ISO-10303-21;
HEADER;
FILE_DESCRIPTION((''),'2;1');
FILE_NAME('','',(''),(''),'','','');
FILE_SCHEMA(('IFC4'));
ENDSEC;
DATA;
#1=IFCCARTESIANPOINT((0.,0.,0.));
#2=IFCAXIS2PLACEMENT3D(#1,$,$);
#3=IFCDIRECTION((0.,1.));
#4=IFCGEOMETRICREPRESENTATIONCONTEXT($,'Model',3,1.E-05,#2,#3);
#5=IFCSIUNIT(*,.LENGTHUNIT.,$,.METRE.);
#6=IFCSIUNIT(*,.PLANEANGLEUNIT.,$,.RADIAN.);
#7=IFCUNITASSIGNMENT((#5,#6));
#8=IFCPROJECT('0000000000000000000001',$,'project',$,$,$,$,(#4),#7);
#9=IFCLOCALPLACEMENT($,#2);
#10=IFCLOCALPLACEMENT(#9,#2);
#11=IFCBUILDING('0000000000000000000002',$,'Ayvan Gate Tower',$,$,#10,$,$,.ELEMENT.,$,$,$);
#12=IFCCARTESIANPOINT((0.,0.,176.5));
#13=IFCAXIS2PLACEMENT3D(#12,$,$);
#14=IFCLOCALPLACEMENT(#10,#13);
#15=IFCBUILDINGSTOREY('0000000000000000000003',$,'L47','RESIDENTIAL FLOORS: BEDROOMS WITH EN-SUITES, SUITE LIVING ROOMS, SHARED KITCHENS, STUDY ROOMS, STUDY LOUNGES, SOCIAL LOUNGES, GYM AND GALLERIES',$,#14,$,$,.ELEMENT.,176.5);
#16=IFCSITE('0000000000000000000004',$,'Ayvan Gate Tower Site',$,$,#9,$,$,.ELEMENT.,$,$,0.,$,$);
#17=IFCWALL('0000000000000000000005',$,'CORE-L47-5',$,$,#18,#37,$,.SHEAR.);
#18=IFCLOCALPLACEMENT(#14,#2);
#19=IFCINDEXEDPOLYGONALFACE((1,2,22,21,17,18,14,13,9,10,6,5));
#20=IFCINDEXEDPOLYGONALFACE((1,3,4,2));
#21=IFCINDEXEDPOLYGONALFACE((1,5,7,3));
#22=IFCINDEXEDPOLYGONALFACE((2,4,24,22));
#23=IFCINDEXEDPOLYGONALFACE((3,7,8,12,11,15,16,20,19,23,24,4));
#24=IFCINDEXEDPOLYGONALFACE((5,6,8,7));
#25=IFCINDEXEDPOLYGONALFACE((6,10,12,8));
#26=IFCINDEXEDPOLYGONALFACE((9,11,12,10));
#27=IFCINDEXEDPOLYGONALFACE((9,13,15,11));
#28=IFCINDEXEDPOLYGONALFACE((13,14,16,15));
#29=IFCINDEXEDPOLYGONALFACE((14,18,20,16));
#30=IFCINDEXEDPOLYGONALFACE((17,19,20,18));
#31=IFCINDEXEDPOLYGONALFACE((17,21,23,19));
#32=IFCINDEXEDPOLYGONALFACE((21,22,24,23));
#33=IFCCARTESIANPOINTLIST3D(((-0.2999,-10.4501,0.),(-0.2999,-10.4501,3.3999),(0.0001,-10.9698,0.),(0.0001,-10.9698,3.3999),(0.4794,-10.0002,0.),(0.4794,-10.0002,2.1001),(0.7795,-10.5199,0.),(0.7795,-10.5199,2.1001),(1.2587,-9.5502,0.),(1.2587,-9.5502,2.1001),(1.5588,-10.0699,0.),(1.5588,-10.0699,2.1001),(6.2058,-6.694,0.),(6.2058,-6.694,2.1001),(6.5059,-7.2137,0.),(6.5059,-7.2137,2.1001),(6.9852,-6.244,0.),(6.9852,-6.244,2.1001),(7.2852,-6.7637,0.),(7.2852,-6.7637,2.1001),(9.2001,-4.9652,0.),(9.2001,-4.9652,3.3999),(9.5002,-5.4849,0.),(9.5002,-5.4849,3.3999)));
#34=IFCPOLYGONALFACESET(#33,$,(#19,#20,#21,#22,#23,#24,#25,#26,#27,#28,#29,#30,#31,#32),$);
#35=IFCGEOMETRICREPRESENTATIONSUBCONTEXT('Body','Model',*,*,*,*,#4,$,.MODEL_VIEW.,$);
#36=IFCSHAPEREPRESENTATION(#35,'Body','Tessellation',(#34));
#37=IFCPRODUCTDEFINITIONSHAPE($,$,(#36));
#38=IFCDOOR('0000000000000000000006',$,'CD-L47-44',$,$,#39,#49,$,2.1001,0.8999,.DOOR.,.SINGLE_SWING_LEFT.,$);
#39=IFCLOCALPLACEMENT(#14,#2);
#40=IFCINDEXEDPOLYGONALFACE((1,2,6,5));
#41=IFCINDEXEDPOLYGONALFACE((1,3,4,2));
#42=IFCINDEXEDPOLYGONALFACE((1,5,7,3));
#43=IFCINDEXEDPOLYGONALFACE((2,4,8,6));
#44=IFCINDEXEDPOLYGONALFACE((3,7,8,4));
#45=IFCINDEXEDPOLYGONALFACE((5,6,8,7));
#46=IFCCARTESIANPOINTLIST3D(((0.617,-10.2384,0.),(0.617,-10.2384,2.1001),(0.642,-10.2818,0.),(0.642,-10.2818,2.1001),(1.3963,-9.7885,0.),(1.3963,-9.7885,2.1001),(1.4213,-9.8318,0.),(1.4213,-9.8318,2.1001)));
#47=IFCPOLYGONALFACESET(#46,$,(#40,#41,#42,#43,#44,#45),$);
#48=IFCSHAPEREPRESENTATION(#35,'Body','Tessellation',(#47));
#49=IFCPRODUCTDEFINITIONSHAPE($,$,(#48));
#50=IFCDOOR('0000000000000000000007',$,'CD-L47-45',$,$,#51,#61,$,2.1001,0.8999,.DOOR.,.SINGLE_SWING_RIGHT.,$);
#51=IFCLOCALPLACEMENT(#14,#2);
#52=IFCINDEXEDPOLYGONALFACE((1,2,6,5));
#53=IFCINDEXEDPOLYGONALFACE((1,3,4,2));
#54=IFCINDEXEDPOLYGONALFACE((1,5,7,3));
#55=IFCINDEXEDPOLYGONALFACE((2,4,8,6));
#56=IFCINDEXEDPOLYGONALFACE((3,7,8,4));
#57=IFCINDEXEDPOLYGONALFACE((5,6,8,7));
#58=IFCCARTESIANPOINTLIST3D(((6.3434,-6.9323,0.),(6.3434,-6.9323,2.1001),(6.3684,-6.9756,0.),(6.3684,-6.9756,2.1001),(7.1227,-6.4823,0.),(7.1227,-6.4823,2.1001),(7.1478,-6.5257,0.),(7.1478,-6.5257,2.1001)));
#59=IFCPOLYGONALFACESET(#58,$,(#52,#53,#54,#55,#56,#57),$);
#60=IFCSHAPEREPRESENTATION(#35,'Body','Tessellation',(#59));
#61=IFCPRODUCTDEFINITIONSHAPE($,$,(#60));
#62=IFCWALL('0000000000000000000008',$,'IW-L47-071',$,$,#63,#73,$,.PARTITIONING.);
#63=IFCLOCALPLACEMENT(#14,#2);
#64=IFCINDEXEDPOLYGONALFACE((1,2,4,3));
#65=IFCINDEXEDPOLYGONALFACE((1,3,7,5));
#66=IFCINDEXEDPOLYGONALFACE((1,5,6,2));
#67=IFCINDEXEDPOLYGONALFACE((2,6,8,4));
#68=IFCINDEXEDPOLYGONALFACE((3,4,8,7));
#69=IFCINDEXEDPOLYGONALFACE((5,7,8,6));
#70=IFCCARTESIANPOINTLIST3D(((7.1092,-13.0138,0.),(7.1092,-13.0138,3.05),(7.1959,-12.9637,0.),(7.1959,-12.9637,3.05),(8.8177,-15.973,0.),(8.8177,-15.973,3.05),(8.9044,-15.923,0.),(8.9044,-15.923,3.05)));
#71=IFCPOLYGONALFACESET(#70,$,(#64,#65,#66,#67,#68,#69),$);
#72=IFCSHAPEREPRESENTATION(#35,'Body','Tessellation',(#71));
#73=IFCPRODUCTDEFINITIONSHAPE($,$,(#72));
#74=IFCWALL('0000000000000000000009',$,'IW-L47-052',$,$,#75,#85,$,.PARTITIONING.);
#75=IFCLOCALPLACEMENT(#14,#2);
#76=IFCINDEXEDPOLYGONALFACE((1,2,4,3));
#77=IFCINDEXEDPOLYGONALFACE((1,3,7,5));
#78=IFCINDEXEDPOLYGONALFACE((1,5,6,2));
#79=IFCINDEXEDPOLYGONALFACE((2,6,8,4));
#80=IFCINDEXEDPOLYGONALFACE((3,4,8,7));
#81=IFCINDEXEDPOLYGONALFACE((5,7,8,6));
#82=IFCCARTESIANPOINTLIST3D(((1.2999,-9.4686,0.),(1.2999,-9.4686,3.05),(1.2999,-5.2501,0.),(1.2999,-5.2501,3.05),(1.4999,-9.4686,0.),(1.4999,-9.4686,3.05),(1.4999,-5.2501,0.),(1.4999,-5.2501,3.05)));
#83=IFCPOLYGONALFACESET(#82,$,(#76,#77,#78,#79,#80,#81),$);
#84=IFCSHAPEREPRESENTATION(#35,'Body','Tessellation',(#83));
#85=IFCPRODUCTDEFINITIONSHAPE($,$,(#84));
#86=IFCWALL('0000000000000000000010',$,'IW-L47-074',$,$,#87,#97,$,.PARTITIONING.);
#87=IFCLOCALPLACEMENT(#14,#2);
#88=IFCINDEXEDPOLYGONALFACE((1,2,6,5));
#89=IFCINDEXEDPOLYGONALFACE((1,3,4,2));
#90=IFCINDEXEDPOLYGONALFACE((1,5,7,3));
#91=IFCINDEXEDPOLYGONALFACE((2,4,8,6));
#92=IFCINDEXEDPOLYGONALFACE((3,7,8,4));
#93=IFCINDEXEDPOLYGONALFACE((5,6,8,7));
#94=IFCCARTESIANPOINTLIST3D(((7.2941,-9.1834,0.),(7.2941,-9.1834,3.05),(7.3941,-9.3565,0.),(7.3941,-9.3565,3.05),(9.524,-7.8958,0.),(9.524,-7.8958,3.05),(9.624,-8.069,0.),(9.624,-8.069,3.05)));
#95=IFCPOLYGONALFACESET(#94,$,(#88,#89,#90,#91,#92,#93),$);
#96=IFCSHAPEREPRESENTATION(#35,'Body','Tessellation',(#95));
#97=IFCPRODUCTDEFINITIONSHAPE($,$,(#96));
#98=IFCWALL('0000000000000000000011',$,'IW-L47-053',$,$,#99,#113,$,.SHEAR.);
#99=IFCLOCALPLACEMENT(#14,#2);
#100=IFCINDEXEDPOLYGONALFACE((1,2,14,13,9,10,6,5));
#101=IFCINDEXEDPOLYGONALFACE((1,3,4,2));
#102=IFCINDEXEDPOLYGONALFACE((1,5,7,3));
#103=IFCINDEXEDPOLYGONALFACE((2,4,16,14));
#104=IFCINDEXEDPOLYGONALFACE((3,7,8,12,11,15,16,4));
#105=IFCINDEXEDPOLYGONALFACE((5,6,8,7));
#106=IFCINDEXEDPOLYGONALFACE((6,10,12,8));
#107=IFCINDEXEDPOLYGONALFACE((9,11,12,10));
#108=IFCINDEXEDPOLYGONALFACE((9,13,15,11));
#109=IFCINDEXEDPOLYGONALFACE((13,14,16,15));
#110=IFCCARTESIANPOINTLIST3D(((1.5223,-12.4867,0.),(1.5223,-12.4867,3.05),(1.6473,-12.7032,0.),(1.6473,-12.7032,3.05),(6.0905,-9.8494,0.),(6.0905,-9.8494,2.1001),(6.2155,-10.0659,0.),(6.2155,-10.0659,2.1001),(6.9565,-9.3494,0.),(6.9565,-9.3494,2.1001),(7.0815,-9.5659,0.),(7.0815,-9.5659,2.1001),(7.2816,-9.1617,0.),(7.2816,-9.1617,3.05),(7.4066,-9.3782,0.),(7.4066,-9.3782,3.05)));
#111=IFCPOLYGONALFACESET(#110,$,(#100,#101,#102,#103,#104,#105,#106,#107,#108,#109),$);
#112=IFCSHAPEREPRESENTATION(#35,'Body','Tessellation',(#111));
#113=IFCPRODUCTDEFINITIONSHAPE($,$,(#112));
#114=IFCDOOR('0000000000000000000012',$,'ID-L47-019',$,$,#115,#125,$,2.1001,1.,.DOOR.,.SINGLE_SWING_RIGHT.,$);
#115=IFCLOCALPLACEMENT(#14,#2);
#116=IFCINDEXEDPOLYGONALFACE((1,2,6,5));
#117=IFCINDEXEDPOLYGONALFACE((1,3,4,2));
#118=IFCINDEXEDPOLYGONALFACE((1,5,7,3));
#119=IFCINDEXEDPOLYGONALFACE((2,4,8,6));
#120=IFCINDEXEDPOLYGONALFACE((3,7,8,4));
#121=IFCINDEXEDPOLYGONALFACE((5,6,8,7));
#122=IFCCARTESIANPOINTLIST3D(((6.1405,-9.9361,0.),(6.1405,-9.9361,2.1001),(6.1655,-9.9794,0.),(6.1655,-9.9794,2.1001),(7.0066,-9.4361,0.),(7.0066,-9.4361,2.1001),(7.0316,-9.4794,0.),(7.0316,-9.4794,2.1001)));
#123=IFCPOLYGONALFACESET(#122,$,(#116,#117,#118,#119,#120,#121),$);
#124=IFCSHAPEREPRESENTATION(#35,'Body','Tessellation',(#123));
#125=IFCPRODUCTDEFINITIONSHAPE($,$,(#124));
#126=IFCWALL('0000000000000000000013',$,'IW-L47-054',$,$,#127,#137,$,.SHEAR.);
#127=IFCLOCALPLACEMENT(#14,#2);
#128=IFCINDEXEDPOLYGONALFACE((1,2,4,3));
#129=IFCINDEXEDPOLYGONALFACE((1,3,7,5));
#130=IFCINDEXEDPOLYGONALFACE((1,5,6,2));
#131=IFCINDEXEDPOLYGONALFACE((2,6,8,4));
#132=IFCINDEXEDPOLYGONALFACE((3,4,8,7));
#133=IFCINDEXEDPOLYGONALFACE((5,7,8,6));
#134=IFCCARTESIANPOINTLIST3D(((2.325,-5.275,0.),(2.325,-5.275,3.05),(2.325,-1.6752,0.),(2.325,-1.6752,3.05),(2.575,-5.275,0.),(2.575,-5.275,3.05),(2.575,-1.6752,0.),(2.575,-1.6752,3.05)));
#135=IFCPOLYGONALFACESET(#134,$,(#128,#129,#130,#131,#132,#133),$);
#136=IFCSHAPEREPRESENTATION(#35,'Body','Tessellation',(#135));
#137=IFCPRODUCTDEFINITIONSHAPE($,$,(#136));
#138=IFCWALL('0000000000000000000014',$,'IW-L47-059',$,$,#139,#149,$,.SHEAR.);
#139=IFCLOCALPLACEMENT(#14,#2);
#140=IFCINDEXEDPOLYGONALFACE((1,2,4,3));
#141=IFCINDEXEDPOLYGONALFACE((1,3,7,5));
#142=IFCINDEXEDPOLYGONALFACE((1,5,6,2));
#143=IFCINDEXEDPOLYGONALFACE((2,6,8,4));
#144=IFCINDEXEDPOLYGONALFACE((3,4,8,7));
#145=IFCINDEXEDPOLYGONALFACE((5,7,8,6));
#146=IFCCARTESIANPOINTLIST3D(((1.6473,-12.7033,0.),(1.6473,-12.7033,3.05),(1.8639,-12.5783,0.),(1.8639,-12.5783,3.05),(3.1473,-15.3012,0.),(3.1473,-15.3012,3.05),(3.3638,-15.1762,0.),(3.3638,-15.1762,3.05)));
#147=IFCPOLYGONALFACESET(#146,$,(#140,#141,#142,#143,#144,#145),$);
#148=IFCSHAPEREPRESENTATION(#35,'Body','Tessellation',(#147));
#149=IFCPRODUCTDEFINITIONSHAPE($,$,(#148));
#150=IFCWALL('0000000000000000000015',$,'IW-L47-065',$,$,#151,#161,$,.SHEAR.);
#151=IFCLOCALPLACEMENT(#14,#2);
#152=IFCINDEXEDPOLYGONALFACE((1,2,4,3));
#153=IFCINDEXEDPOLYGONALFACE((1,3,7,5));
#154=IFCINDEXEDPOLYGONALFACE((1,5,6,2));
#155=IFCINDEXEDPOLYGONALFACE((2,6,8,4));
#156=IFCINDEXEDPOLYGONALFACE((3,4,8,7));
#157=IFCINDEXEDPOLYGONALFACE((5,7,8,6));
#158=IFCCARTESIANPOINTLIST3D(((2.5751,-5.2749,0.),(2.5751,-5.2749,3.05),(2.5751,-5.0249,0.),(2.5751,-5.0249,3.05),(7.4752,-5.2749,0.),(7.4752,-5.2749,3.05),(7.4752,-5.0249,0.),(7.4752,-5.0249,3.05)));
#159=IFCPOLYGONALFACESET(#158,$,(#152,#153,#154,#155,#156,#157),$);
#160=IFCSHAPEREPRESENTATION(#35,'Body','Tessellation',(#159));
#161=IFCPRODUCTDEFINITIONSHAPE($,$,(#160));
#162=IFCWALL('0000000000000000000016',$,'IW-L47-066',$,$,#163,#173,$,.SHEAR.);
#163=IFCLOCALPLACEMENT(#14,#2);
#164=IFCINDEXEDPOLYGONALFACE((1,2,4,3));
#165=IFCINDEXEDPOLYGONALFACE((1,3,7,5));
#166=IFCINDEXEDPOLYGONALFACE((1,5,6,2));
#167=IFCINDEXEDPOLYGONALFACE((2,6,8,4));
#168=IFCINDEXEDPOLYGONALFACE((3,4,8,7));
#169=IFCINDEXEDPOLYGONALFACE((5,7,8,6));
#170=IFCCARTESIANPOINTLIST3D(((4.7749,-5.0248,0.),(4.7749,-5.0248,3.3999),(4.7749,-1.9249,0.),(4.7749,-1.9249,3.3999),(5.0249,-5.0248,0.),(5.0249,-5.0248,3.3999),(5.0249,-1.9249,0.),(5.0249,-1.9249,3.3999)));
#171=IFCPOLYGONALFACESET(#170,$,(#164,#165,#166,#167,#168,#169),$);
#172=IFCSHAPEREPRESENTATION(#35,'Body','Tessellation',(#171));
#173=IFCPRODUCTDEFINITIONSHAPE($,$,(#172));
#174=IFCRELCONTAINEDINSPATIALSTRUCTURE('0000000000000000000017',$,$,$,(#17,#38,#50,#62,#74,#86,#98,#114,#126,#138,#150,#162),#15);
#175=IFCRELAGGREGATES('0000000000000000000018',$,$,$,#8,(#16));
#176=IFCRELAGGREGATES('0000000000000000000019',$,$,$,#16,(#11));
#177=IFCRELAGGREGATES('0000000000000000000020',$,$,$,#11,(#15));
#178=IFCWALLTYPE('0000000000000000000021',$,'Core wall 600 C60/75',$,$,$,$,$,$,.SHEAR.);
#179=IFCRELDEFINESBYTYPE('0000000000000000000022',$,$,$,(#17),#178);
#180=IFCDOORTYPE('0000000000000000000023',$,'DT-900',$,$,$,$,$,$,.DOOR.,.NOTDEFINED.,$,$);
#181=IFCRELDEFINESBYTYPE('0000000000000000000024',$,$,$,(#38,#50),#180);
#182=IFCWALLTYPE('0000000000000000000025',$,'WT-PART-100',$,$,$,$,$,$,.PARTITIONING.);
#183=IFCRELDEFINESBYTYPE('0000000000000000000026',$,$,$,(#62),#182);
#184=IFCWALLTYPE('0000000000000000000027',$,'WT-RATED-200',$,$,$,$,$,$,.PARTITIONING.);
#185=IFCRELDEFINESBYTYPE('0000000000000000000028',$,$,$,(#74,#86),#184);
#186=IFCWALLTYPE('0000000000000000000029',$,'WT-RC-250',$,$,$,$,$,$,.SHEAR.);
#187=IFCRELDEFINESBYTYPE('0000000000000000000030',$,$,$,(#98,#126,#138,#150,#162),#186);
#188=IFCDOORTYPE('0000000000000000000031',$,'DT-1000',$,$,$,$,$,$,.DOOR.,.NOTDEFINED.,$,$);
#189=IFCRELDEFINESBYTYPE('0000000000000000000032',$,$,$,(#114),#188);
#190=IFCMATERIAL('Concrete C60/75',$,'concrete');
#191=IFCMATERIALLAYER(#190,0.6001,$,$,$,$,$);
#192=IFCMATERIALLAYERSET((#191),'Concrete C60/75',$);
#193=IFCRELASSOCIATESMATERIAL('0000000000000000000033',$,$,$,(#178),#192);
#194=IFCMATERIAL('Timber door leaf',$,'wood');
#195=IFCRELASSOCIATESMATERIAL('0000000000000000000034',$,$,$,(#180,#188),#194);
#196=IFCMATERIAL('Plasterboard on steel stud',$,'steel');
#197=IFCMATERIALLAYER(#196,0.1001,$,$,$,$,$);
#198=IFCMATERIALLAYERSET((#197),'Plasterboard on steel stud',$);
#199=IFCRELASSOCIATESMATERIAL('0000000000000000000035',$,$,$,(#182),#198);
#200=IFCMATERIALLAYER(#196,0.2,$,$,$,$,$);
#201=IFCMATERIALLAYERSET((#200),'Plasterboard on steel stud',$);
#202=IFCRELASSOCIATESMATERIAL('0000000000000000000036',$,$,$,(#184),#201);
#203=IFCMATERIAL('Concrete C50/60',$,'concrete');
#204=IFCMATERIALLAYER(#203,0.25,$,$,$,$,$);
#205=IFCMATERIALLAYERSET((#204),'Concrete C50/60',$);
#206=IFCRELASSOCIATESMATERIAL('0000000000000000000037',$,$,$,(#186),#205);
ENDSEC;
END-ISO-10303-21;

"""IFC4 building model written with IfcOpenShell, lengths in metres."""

from ifc_helpers import new_model, si_unit, direction, frame, frame_2d, origin, place, context, subcontext, project, spatial, rectangle, extrude, material, layer, layer_set, type_object, element, fill, save


model = new_model("IFC4")

# Units and contexts
model_context = context("Model", 3, precision=1e-05, world=origin(), true_north=direction((0.0, 1.0)))
body_context = subcontext(model_context, "Body", "Model", "MODEL_VIEW")
ifc_project = project(units=[si_unit("LENGTHUNIT", "METRE"), si_unit("PLANEANGLEUNIT", "RADIAN")], contexts=[model_context])

# Site, building, storey
site_placement = place(None, origin())
site = spatial("IfcSite", under=ifc_project, at=site_placement, Name="Ayvan Gate Tower Site", CompositionType="ELEMENT", RefElevation=0.0)
building_placement = place(site_placement, origin())
building = spatial("IfcBuilding", under=site, at=building_placement, Name="Ayvan Gate Tower", CompositionType="ELEMENT")
storey_placement = place(building_placement, frame((0.0, 0.0, 176.5)))
storey = spatial("IfcBuildingStorey", under=building, at=storey_placement, Name="L47", Description="RESIDENTIAL FLOORS: BEDROOMS WITH EN-SUITES, SUITE LIVING ROOMS, SHARED KITCHENS, STUDY ROOMS, STUDY LOUNGES, SOCIAL LOUNGES, GYM AND GALLERIES", CompositionType="ELEMENT", Elevation=176.5)

# Wall, openings, doors
ifc_material_1 = material(Name="Concrete C60/75", Category="concrete")
ifc_layer_1 = layer(ifc_material_1, 0.6001)
ifc_layer_set_1 = layer_set([ifc_layer_1], Name="Concrete C60/75")
wall_type_1 = type_object("IfcWallType", Name="Core wall 600 C60/75", PredefinedType="SHEAR", material=ifc_layer_set_1)
wall_1_placement = place(storey_placement, frame((-0.1499, -10.71, 0.0), z_axis=(0.0, 0.0, 1.0), x_axis=(0.866024, 0.500002, 0.0)))
wall_1 = element("IfcWall", 1, at=wall_1_placement, inside=storey, type_object=wall_type_1, Name="CORE-L47-5", PredefinedType="SHEAR", context=body_context, shape_type="SweptSolid", body=[
    extrude(rectangle(XDim=10.9697, YDim=0.6001, at=frame_2d((5.4849, 0.0))), origin(), (0.0, 0.0, 1.0), 3.3999),
])
opening_1_placement = place(wall_1_placement, frame((0.8999, 0.0, 0.0)))
opening_1 = element("IfcOpeningElement", 2, at=opening_1_placement, cuts=wall_1, PredefinedType="OPENING", context=body_context, shape_type="SweptSolid", body=[
    extrude(rectangle(XDim=0.8999, YDim=2.1001, at=frame_2d((0.45, 1.05))), frame((0.0, 0.3101, 0.0), z_axis=(0.0, -1.0, 0.0), x_axis=(1.0, 0.0, 0.0)), (0.0, 0.0, 1.0), 0.6201),
])
opening_2_placement = place(wall_1_placement, frame((7.5122, 0.0, 0.0)))
opening_2 = element("IfcOpeningElement", 3, at=opening_2_placement, cuts=wall_1, PredefinedType="OPENING", context=body_context, shape_type="SweptSolid", body=[
    extrude(rectangle(XDim=0.8999, YDim=2.1001, at=frame_2d((0.45, 1.05))), frame((0.0, 0.3101, 0.0), z_axis=(0.0, -1.0, 0.0), x_axis=(1.0, 0.0, 0.0)), (0.0, 0.0, 1.0), 0.6201),
])
ifc_material_2 = material(Name="Timber door leaf", Category="wood")
door_type_1 = type_object("IfcDoorType", Name="DT-900", OperationType="NOTDEFINED", PredefinedType="DOOR", material=ifc_material_2)
door_1_placement = place(opening_1_placement, origin())
door_1 = element("IfcDoor", 4, at=door_1_placement, inside=storey, type_object=door_type_1, Name="CD-L47-44", OperationType="SINGLE_SWING_LEFT", OverallHeight=2.1001, OverallWidth=0.8999, PredefinedType="DOOR", context=body_context, shape_type="SweptSolid", body=[
    extrude(rectangle(XDim=0.8999, YDim=2.1001, at=frame_2d((0.45, 1.05))), frame((0.0, 0.0249, 0.0), z_axis=(0.0, -1.0, 0.0), x_axis=(1.0, 0.0, 0.0)), (0.0, 0.0, 1.0), 0.05),
])
fill(opening_1, door_1)
door_2_placement = place(opening_2_placement, origin())
door_2 = element("IfcDoor", 5, at=door_2_placement, inside=storey, type_object=door_type_1, Name="CD-L47-45", OperationType="SINGLE_SWING_RIGHT", OverallHeight=2.1001, OverallWidth=0.8999, PredefinedType="DOOR", context=body_context, shape_type="SweptSolid", body=[
    extrude(rectangle(XDim=0.8999, YDim=2.1001, at=frame_2d((0.45, 1.05))), frame((0.0, 0.0249, 0.0), z_axis=(0.0, -1.0, 0.0), x_axis=(1.0, 0.0, 0.0)), (0.0, 0.0, 1.0), 0.05),
])
fill(opening_2, door_2)

# Walls
ifc_material_3 = material(Name="Plasterboard on steel stud", Category="steel")
ifc_layer_2 = layer(ifc_material_3, 0.1001)
ifc_layer_set_2 = layer_set([ifc_layer_2], Name="Plasterboard on steel stud")
wall_type_2 = type_object("IfcWallType", Name="WT-PART-100", PredefinedType="PARTITIONING", material=ifc_layer_set_2)
wall_2_placement = place(storey_placement, frame((7.1526, -12.9888, 0.0), z_axis=(0.0, 0.0, 1.0), x_axis=(0.499997, -0.866027, 0.0)))
element("IfcWall", 6, at=wall_2_placement, inside=storey, type_object=wall_type_2, Name="IW-L47-071", PredefinedType="PARTITIONING", context=body_context, shape_type="SweptSolid", body=[
    extrude(rectangle(XDim=3.417, YDim=0.1001, at=frame_2d((1.7085, 0.0))), origin(), (0.0, 0.0, 1.0), 3.05),
])
ifc_layer_3 = layer(ifc_material_3, 0.2)
ifc_layer_set_3 = layer_set([ifc_layer_3], Name="Plasterboard on steel stud")
wall_type_3 = type_object("IfcWallType", Name="WT-RATED-200", PredefinedType="PARTITIONING", material=ifc_layer_set_3)
wall_3_placement = place(storey_placement, frame((1.3999, -5.25, 0.0), z_axis=(0.0, 0.0, 1.0), x_axis=(0.0, -1.0, 0.0)))
element("IfcWall", 7, at=wall_3_placement, inside=storey, type_object=wall_type_3, Name="IW-L47-052", PredefinedType="PARTITIONING", context=body_context, shape_type="SweptSolid", body=[
    extrude(rectangle(XDim=4.2185, YDim=0.2, at=frame_2d((2.1094, 0.0))), origin(), (0.0, 0.0, 1.0), 3.05),
])
wall_4_placement = place(storey_placement, frame((7.344, -9.27, 0.0), z_axis=(0.0, 0.0, 1.0), x_axis=(0.866006, 0.500034, 0.0)))
element("IfcWall", 8, at=wall_4_placement, inside=storey, type_object=wall_type_3, Name="IW-L47-074", PredefinedType="PARTITIONING", context=body_context, shape_type="SweptSolid", body=[
    extrude(rectangle(XDim=2.575, YDim=0.2, at=frame_2d((1.2876, 0.0))), origin(), (0.0, 0.0, 1.0), 3.05),
])

# Wall, opening, door
ifc_material_4 = material(Name="Concrete C50/60", Category="concrete")
ifc_layer_4 = layer(ifc_material_4, 0.25)
ifc_layer_set_4 = layer_set([ifc_layer_4], Name="Concrete C50/60")
wall_type_4 = type_object("IfcWallType", Name="WT-RC-250", PredefinedType="SHEAR", material=ifc_layer_set_4)
wall_5_placement = place(storey_placement, frame((1.5847, -12.595, 0.0), z_axis=(0.0, 0.0, 1.0), x_axis=(0.866036, 0.499981, 0.0)))
wall_5 = element("IfcWall", 9, at=wall_5_placement, inside=storey, type_object=wall_type_4, Name="IW-L47-053", PredefinedType="SHEAR", context=body_context, shape_type="SweptSolid", body=[
    extrude(rectangle(XDim=6.6501, YDim=0.25, at=frame_2d((3.3252, 0.0))), origin(), (0.0, 0.0, 1.0), 3.05),
])
opening_3_placement = place(wall_5_placement, frame((5.2749, 0.0, 0.0)))
opening_3 = element("IfcOpeningElement", 10, at=opening_3_placement, cuts=wall_5, PredefinedType="OPENING", context=body_context, shape_type="SweptSolid", body=[
    extrude(rectangle(XDim=1.0, YDim=2.1001, at=frame_2d((0.5, 1.05))), frame((0.0, 0.135, 0.0), z_axis=(0.0, -1.0, 0.0), x_axis=(1.0, 0.0, 0.0)), (0.0, 0.0, 1.0), 0.27),
])
door_type_2 = type_object("IfcDoorType", Name="DT-1000", OperationType="NOTDEFINED", PredefinedType="DOOR", material=ifc_material_2)
door_3_placement = place(opening_3_placement, origin())
door_3 = element("IfcDoor", 11, at=door_3_placement, inside=storey, type_object=door_type_2, Name="ID-L47-019", OperationType="SINGLE_SWING_RIGHT", OverallHeight=2.1001, OverallWidth=1.0, PredefinedType="DOOR", context=body_context, shape_type="SweptSolid", body=[
    extrude(rectangle(XDim=1.0, YDim=2.1001, at=frame_2d((0.5, 1.05))), frame((0.0, 0.0249, 0.0), z_axis=(0.0, -1.0, 0.0), x_axis=(1.0, 0.0, 0.0)), (0.0, 0.0, 1.0), 0.05),
])
fill(opening_3, door_3)

# Walls
wall_6_placement = place(storey_placement, frame((2.45, -5.2749, 0.0), z_axis=(0.0, 0.0, 1.0), x_axis=(0.0, 1.0, 0.0)))
element("IfcWall", 12, at=wall_6_placement, inside=storey, type_object=wall_type_4, Name="IW-L47-054", PredefinedType="SHEAR", context=body_context, shape_type="SweptSolid", body=[
    extrude(rectangle(XDim=3.5999, YDim=0.25, at=frame_2d((1.7998, 0.0))), origin(), (0.0, 0.0, 1.0), 3.05),
])
wall_7_placement = place(storey_placement, frame((3.2556, -15.2388, 0.0), z_axis=(0.0, 0.0, 1.0), x_axis=(-0.500025, 0.866011, 0.0)))
element("IfcWall", 13, at=wall_7_placement, inside=storey, type_object=wall_type_4, Name="IW-L47-059", PredefinedType="SHEAR", context=body_context, shape_type="SweptSolid", body=[
    extrude(rectangle(XDim=2.9998, YDim=0.25, at=frame_2d((1.5, 0.0))), origin(), (0.0, 0.0, 1.0), 3.05),
])
wall_8_placement = place(storey_placement, frame((2.575, -5.1499, 0.0), z_axis=(0.0, 0.0, 1.0), x_axis=(1.0, 0.0, 0.0)))
element("IfcWall", 14, at=wall_8_placement, inside=storey, type_object=wall_type_4, Name="IW-L47-065", PredefinedType="SHEAR", context=body_context, shape_type="SweptSolid", body=[
    extrude(rectangle(XDim=4.9001, YDim=0.25, at=frame_2d((2.4502, 0.0))), origin(), (0.0, 0.0, 1.0), 3.05),
])
wall_9_placement = place(storey_placement, frame((4.8999, -1.925, 0.0), z_axis=(0.0, 0.0, 1.0), x_axis=(0.0, -1.0, 0.0)))
element("IfcWall", 15, at=wall_9_placement, inside=storey, type_object=wall_type_4, Name="IW-L47-066", PredefinedType="SHEAR", context=body_context, shape_type="SweptSolid", body=[
    extrude(rectangle(XDim=3.0999, YDim=0.25, at=frame_2d((1.5498, 0.0))), origin(), (0.0, 0.0, 1.0), 3.3999),
])

save(model, "model.ifc")
